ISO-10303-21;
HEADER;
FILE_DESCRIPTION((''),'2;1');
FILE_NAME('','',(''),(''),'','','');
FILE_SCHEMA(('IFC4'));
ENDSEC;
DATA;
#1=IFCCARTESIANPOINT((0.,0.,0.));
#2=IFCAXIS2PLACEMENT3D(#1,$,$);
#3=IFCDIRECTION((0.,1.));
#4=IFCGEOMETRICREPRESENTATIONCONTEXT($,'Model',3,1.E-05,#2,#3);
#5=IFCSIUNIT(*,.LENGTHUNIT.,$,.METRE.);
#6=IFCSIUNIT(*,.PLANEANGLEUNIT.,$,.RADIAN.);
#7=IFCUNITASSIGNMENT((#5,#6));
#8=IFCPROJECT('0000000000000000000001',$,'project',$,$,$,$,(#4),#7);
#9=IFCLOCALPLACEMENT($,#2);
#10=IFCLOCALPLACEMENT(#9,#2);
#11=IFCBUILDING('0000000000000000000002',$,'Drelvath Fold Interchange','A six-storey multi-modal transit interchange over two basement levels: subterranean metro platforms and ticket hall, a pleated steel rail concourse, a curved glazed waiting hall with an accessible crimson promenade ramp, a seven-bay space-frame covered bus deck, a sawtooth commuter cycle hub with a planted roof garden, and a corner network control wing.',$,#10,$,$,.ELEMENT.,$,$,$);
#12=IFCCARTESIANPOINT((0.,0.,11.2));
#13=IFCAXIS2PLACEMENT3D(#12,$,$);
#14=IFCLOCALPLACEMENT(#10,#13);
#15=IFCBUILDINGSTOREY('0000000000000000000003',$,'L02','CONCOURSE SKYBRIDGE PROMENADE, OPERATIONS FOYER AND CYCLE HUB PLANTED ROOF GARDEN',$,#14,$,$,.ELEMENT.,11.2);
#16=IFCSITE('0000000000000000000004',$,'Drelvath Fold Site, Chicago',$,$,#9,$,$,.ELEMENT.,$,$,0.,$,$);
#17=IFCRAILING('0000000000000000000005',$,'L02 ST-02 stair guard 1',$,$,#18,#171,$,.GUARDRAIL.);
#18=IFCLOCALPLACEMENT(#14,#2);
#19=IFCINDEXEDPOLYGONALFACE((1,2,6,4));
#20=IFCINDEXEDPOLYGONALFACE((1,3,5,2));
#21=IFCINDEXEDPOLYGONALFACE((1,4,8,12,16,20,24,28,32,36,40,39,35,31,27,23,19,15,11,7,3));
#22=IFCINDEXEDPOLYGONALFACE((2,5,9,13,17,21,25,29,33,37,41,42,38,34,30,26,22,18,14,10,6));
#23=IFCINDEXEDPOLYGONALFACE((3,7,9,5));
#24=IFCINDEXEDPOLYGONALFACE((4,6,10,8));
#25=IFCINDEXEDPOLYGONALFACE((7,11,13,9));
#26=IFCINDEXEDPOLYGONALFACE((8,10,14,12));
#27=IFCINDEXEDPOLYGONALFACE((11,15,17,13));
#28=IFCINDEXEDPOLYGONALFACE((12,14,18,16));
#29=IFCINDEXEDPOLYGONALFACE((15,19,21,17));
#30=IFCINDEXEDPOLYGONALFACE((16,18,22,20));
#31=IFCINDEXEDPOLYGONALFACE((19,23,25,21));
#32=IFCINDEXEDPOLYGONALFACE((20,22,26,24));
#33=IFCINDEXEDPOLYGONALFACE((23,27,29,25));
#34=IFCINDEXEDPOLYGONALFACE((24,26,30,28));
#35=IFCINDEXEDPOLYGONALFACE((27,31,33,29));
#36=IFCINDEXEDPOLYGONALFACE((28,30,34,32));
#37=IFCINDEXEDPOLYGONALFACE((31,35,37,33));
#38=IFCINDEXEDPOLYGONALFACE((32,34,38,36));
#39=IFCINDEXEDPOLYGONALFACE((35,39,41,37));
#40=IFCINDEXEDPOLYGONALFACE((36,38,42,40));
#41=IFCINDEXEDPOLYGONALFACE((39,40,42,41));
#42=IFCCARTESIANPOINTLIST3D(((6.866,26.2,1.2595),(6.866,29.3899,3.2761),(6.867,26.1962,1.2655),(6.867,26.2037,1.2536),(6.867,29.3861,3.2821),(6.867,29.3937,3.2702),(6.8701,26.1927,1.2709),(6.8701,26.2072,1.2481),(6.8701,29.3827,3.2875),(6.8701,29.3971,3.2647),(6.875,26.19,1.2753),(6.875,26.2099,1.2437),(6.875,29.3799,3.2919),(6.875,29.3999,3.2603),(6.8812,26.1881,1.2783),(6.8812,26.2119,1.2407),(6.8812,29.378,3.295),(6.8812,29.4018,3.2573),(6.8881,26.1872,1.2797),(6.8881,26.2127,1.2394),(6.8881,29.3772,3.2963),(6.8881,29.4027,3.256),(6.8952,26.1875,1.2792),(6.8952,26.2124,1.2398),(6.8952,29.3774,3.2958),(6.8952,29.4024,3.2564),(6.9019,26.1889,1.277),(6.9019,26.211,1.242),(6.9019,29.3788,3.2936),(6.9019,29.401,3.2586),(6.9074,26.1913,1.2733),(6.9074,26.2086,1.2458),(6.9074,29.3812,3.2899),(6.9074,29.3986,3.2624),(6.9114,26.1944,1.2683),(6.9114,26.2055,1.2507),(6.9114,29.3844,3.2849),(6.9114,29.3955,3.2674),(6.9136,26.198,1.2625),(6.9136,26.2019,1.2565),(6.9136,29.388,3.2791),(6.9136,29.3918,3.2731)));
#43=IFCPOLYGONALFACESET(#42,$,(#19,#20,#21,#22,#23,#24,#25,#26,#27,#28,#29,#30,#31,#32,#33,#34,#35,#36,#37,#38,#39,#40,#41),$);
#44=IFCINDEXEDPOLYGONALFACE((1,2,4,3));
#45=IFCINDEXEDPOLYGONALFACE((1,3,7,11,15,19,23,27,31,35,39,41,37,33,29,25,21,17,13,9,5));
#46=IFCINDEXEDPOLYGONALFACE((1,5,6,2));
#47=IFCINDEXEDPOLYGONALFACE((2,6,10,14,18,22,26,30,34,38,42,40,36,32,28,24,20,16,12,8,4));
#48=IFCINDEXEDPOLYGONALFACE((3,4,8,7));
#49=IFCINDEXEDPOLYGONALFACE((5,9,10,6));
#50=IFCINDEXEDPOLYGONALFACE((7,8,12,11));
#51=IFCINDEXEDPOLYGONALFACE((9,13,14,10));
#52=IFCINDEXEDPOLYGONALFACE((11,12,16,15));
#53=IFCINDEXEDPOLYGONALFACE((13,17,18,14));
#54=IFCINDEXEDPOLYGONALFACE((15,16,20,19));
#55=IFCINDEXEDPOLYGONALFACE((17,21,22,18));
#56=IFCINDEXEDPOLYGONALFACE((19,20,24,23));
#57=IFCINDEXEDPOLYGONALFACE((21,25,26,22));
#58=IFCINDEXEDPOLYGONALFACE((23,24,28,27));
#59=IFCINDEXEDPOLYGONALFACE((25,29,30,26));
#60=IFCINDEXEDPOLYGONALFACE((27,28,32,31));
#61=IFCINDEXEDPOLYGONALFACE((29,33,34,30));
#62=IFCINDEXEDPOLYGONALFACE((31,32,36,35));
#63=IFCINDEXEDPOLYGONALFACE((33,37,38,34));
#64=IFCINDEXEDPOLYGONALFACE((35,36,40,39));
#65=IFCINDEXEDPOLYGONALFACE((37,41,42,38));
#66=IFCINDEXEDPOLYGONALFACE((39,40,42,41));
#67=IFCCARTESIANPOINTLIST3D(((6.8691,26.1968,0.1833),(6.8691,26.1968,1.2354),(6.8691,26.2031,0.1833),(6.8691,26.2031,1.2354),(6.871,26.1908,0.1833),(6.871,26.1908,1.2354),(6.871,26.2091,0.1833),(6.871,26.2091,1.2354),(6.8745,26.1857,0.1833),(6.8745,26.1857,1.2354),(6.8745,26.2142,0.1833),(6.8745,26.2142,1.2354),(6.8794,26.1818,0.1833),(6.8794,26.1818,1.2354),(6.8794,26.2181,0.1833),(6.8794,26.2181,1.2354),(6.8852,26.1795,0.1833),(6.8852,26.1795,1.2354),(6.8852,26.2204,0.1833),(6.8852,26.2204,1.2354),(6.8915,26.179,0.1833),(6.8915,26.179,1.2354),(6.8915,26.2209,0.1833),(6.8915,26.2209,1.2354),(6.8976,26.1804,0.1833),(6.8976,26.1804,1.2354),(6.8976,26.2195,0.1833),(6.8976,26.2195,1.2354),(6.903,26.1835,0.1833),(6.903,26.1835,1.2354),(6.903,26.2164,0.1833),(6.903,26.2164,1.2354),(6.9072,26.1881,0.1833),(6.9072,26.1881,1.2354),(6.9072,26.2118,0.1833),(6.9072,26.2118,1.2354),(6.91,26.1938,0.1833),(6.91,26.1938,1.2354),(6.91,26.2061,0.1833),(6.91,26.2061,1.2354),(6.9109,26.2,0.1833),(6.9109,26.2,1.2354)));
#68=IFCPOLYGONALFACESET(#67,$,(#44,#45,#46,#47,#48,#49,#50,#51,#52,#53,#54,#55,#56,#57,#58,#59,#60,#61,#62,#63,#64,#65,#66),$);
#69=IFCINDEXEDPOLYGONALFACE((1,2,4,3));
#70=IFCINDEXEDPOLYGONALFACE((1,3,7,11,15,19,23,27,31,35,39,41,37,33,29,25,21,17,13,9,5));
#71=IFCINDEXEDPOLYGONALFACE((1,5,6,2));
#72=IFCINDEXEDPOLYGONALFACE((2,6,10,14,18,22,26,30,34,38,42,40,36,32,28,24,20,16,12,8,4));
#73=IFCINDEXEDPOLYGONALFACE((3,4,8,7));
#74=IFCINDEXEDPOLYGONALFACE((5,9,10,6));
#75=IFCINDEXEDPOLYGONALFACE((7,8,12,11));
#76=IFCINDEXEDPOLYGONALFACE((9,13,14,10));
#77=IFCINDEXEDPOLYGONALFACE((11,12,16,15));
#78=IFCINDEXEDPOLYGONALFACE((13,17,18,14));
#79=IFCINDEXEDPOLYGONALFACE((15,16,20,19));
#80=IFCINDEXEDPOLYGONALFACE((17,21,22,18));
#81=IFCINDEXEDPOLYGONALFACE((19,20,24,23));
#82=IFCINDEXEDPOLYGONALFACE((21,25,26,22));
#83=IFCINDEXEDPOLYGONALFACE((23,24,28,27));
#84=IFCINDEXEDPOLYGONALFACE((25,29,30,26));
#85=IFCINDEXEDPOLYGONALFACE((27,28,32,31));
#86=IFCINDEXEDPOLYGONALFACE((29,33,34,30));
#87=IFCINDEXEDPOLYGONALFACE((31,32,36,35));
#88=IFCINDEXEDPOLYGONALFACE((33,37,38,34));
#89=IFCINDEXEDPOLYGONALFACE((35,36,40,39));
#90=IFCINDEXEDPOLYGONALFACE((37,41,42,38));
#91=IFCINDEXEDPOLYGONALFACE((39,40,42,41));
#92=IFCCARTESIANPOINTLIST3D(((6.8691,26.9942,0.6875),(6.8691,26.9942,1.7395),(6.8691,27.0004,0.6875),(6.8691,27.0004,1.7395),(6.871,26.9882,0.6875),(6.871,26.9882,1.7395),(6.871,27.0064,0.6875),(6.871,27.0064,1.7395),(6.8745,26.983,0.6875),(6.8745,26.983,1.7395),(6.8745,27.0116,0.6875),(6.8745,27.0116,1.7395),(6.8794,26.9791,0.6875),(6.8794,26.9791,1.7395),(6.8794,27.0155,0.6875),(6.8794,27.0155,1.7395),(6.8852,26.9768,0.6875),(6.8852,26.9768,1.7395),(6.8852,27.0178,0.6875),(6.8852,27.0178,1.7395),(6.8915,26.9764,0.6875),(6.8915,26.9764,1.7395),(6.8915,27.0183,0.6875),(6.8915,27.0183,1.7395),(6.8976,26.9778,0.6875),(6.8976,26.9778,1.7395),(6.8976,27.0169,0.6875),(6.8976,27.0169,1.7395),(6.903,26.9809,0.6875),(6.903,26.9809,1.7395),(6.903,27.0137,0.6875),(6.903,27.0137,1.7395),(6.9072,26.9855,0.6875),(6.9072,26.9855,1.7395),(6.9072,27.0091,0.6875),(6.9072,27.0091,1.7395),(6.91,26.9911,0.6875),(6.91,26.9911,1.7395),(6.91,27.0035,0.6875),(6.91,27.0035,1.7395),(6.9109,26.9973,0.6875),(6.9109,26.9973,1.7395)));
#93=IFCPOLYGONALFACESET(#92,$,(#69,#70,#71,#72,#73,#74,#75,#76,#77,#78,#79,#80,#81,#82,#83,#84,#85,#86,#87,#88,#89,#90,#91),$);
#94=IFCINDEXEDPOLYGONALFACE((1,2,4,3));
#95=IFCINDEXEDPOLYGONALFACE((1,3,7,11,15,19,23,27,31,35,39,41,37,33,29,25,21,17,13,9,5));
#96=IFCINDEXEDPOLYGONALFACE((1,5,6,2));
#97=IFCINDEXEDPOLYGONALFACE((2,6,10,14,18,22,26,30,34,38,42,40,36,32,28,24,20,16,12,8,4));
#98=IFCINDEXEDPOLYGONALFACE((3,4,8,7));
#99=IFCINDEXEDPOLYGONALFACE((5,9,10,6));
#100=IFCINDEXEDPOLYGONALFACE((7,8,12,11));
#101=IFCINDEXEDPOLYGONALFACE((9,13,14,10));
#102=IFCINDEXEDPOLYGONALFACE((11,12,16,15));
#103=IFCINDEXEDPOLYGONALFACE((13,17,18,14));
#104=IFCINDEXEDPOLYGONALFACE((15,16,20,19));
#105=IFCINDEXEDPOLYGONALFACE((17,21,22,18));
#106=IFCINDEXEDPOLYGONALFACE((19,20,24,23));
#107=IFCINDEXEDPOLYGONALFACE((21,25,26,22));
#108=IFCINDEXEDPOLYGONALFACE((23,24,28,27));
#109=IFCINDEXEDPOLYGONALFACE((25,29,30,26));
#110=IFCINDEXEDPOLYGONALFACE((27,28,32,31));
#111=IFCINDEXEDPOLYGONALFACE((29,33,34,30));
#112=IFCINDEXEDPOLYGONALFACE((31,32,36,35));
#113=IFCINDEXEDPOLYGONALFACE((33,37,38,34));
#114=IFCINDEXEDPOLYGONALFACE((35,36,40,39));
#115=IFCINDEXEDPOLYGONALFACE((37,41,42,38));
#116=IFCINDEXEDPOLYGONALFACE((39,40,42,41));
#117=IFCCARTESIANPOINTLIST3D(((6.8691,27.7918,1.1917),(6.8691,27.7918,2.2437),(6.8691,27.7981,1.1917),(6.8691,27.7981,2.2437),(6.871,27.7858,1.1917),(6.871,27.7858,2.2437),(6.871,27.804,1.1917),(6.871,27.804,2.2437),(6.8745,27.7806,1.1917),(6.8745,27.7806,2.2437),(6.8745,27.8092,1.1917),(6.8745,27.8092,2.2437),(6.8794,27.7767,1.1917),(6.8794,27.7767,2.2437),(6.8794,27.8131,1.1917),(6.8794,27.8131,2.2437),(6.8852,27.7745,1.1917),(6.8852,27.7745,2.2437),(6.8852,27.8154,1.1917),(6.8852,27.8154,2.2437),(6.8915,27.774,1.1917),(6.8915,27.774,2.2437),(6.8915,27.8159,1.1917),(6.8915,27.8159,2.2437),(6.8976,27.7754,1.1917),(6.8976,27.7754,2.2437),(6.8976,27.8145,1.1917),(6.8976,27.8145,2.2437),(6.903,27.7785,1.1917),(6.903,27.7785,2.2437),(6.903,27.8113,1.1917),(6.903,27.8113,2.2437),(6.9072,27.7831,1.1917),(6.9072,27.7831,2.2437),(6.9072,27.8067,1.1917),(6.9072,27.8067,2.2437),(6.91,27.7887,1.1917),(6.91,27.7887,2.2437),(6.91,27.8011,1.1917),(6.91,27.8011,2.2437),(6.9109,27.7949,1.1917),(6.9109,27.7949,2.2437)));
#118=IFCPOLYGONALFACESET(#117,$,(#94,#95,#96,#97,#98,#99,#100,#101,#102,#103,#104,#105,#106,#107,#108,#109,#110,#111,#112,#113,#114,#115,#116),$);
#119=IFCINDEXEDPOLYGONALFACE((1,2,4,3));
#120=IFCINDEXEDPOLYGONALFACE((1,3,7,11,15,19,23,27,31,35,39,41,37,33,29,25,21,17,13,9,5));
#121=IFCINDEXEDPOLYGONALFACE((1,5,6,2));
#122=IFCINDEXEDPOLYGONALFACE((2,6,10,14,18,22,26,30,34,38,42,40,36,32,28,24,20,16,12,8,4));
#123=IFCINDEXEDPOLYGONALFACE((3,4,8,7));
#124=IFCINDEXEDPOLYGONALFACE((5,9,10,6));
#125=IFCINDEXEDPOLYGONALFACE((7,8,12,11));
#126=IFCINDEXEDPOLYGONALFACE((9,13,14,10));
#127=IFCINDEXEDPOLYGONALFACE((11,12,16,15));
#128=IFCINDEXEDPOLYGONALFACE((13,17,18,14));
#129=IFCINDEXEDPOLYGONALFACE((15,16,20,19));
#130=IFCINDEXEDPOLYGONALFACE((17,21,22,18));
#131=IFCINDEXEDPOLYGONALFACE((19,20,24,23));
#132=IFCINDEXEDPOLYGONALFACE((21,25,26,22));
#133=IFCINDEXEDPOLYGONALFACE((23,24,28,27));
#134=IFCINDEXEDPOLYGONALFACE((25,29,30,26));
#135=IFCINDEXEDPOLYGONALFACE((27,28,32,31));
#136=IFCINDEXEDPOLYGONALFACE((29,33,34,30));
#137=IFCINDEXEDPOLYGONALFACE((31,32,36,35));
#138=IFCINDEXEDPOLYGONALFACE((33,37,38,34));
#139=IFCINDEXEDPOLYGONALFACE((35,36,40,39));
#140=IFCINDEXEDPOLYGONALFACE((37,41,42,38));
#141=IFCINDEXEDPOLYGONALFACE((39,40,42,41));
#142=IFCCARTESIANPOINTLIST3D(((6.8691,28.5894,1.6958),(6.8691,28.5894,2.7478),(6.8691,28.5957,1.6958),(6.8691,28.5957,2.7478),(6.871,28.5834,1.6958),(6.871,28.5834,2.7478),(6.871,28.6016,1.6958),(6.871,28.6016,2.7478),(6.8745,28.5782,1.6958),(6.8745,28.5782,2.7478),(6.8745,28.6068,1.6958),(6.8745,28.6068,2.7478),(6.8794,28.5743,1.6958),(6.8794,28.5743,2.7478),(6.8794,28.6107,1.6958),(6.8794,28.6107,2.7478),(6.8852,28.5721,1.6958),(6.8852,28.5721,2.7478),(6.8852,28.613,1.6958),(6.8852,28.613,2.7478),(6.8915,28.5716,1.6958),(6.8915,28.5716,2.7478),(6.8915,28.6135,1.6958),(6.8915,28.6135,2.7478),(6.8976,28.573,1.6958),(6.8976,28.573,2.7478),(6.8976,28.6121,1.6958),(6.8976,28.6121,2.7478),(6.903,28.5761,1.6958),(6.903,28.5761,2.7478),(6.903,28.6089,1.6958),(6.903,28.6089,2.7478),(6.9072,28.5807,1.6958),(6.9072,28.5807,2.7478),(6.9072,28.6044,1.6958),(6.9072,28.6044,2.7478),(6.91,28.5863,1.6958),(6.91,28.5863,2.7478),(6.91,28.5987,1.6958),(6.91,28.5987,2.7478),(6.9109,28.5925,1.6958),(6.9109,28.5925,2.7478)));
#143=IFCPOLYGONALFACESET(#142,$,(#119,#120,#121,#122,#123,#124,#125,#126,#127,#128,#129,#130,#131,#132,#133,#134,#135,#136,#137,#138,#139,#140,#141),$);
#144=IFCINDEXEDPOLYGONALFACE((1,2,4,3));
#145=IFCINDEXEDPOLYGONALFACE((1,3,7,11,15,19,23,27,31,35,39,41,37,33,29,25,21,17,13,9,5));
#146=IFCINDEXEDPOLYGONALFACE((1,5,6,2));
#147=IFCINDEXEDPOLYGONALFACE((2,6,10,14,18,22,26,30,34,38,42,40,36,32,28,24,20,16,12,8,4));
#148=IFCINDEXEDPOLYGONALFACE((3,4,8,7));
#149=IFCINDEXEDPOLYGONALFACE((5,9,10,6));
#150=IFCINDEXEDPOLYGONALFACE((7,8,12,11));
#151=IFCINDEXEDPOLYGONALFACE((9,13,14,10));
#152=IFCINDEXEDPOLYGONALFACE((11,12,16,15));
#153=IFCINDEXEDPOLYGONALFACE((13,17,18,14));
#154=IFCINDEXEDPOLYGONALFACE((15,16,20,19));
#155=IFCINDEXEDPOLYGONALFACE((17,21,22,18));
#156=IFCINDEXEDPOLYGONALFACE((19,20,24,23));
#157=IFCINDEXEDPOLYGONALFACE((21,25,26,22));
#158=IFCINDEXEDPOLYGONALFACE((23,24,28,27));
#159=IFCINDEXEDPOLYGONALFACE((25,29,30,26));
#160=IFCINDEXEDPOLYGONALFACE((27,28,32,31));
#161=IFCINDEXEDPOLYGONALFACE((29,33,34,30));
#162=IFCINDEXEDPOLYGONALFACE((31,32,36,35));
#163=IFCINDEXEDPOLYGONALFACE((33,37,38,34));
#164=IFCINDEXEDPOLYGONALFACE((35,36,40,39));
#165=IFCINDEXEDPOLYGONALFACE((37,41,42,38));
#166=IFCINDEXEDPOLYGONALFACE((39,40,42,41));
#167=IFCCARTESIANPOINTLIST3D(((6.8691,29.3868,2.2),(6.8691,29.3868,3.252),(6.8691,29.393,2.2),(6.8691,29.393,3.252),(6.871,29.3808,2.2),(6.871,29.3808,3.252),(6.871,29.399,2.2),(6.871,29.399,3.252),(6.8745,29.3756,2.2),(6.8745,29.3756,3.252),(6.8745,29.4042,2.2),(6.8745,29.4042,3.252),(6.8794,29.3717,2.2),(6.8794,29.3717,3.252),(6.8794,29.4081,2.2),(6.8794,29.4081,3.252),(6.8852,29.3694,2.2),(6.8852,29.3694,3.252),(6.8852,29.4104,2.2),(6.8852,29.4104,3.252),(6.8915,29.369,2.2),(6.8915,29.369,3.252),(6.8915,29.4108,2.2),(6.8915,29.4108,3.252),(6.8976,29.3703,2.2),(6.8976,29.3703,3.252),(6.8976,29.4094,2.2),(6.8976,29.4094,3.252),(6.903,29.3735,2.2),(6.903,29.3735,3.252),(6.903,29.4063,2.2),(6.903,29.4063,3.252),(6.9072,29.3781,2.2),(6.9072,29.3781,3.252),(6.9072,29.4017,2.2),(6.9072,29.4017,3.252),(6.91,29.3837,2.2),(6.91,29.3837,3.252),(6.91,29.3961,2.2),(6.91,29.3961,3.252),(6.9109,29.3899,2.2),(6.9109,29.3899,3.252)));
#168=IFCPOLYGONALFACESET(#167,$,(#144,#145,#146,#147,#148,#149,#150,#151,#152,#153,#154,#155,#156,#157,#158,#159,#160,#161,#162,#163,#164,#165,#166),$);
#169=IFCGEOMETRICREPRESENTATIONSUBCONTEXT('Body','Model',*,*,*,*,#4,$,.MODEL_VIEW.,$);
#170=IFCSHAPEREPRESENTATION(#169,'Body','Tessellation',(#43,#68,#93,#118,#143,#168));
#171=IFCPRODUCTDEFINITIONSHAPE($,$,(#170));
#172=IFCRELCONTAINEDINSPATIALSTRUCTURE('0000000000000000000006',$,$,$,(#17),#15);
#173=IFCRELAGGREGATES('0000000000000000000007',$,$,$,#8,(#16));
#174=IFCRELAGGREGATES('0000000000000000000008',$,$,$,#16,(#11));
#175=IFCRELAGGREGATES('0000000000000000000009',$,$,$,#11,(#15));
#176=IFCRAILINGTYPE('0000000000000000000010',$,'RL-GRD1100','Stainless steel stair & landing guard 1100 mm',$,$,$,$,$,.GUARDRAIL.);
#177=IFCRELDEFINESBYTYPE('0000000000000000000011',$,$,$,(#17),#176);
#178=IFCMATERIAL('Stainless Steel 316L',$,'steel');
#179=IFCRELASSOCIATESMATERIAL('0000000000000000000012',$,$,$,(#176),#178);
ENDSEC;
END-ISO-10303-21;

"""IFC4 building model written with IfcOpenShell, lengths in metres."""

from ifc_helpers import new_model, si_unit, direction, frame, origin, origin_2d, place, context, subcontext, project, spatial, circle, extrude, material, type_object, element, save


model = new_model("IFC4")

# Units and contexts
model_context = context("Model", 3, precision=1e-05, world=origin(), true_north=direction((0.0, 1.0)))
body_context = subcontext(model_context, "Body", "Model", "MODEL_VIEW")
ifc_project = project(units=[si_unit("LENGTHUNIT", "METRE"), si_unit("PLANEANGLEUNIT", "RADIAN")], contexts=[model_context])

# Site, building, storey
site_placement = place(None, origin())
site = spatial("IfcSite", under=ifc_project, at=site_placement, Name="Drelvath Fold Site, Chicago", CompositionType="ELEMENT", RefElevation=0.0)
building_placement = place(site_placement, origin())
building = spatial("IfcBuilding", under=site, at=building_placement, Name="Drelvath Fold Interchange", Description="A six-storey multi-modal transit interchange over two basement levels: subterranean metro platforms and ticket hall, a pleated steel rail concourse, a curved glazed waiting hall with an accessible crimson promenade ramp, a seven-bay space-frame covered bus deck, a sawtooth commuter cycle hub with a planted roof garden, and a corner network control wing.", CompositionType="ELEMENT")
storey_placement = place(building_placement, frame((0.0, 0.0, 11.2)))
storey = spatial("IfcBuildingStorey", under=building, at=storey_placement, Name="L02", Description="CONCOURSE SKYBRIDGE PROMENADE, OPERATIONS FOYER AND CYCLE HUB PLANTED ROOF GARDEN", CompositionType="ELEMENT", Elevation=11.2)

# Railing
ifc_material_1 = material(Name="Stainless Steel 316L", Category="steel")
railing_type_1 = type_object("IfcRailingType", Name="RL-GRD1100", Description="Stainless steel stair & landing guard 1100 mm", PredefinedType="GUARDRAIL", material=ifc_material_1)
railing_1_placement = place(storey_placement, frame((6.8899, 26.2, 0.1833)))
element("IfcRailing", 1, at=railing_1_placement, inside=storey, type_object=railing_type_1, Name="L02 ST-02 stair guard 1", PredefinedType="GUARDRAIL", context=body_context, shape_type="SweptSolid", body=[
    extrude(circle(Radius=0.0239, at=origin_2d()), frame((0.0, 0.0, 1.0762), z_axis=(0.0, 0.845261, 0.534353), x_axis=(-1.0, 0.0, 0.0)), (0.0, 0.0, 1.0), 3.7739),
    extrude(circle(Radius=0.021, at=origin_2d()), origin(), (0.0, 0.0, 1.0), 1.052),
    extrude(circle(Radius=0.021, at=origin_2d()), frame((0.0, 0.7974, 0.5042)), (0.0, 0.0, 1.0), 1.052),
    extrude(circle(Radius=0.021, at=origin_2d()), frame((0.0, 1.595, 1.0083)), (0.0, 0.0, 1.0), 1.052),
    extrude(circle(Radius=0.021, at=origin_2d()), frame((0.0, 2.3926, 1.5125)), (0.0, 0.0, 1.0), 1.052),
    extrude(circle(Radius=0.021, at=origin_2d()), frame((0.0, 3.1899, 2.0166)), (0.0, 0.0, 1.0), 1.052),
])

save(model, "model.ifc")
